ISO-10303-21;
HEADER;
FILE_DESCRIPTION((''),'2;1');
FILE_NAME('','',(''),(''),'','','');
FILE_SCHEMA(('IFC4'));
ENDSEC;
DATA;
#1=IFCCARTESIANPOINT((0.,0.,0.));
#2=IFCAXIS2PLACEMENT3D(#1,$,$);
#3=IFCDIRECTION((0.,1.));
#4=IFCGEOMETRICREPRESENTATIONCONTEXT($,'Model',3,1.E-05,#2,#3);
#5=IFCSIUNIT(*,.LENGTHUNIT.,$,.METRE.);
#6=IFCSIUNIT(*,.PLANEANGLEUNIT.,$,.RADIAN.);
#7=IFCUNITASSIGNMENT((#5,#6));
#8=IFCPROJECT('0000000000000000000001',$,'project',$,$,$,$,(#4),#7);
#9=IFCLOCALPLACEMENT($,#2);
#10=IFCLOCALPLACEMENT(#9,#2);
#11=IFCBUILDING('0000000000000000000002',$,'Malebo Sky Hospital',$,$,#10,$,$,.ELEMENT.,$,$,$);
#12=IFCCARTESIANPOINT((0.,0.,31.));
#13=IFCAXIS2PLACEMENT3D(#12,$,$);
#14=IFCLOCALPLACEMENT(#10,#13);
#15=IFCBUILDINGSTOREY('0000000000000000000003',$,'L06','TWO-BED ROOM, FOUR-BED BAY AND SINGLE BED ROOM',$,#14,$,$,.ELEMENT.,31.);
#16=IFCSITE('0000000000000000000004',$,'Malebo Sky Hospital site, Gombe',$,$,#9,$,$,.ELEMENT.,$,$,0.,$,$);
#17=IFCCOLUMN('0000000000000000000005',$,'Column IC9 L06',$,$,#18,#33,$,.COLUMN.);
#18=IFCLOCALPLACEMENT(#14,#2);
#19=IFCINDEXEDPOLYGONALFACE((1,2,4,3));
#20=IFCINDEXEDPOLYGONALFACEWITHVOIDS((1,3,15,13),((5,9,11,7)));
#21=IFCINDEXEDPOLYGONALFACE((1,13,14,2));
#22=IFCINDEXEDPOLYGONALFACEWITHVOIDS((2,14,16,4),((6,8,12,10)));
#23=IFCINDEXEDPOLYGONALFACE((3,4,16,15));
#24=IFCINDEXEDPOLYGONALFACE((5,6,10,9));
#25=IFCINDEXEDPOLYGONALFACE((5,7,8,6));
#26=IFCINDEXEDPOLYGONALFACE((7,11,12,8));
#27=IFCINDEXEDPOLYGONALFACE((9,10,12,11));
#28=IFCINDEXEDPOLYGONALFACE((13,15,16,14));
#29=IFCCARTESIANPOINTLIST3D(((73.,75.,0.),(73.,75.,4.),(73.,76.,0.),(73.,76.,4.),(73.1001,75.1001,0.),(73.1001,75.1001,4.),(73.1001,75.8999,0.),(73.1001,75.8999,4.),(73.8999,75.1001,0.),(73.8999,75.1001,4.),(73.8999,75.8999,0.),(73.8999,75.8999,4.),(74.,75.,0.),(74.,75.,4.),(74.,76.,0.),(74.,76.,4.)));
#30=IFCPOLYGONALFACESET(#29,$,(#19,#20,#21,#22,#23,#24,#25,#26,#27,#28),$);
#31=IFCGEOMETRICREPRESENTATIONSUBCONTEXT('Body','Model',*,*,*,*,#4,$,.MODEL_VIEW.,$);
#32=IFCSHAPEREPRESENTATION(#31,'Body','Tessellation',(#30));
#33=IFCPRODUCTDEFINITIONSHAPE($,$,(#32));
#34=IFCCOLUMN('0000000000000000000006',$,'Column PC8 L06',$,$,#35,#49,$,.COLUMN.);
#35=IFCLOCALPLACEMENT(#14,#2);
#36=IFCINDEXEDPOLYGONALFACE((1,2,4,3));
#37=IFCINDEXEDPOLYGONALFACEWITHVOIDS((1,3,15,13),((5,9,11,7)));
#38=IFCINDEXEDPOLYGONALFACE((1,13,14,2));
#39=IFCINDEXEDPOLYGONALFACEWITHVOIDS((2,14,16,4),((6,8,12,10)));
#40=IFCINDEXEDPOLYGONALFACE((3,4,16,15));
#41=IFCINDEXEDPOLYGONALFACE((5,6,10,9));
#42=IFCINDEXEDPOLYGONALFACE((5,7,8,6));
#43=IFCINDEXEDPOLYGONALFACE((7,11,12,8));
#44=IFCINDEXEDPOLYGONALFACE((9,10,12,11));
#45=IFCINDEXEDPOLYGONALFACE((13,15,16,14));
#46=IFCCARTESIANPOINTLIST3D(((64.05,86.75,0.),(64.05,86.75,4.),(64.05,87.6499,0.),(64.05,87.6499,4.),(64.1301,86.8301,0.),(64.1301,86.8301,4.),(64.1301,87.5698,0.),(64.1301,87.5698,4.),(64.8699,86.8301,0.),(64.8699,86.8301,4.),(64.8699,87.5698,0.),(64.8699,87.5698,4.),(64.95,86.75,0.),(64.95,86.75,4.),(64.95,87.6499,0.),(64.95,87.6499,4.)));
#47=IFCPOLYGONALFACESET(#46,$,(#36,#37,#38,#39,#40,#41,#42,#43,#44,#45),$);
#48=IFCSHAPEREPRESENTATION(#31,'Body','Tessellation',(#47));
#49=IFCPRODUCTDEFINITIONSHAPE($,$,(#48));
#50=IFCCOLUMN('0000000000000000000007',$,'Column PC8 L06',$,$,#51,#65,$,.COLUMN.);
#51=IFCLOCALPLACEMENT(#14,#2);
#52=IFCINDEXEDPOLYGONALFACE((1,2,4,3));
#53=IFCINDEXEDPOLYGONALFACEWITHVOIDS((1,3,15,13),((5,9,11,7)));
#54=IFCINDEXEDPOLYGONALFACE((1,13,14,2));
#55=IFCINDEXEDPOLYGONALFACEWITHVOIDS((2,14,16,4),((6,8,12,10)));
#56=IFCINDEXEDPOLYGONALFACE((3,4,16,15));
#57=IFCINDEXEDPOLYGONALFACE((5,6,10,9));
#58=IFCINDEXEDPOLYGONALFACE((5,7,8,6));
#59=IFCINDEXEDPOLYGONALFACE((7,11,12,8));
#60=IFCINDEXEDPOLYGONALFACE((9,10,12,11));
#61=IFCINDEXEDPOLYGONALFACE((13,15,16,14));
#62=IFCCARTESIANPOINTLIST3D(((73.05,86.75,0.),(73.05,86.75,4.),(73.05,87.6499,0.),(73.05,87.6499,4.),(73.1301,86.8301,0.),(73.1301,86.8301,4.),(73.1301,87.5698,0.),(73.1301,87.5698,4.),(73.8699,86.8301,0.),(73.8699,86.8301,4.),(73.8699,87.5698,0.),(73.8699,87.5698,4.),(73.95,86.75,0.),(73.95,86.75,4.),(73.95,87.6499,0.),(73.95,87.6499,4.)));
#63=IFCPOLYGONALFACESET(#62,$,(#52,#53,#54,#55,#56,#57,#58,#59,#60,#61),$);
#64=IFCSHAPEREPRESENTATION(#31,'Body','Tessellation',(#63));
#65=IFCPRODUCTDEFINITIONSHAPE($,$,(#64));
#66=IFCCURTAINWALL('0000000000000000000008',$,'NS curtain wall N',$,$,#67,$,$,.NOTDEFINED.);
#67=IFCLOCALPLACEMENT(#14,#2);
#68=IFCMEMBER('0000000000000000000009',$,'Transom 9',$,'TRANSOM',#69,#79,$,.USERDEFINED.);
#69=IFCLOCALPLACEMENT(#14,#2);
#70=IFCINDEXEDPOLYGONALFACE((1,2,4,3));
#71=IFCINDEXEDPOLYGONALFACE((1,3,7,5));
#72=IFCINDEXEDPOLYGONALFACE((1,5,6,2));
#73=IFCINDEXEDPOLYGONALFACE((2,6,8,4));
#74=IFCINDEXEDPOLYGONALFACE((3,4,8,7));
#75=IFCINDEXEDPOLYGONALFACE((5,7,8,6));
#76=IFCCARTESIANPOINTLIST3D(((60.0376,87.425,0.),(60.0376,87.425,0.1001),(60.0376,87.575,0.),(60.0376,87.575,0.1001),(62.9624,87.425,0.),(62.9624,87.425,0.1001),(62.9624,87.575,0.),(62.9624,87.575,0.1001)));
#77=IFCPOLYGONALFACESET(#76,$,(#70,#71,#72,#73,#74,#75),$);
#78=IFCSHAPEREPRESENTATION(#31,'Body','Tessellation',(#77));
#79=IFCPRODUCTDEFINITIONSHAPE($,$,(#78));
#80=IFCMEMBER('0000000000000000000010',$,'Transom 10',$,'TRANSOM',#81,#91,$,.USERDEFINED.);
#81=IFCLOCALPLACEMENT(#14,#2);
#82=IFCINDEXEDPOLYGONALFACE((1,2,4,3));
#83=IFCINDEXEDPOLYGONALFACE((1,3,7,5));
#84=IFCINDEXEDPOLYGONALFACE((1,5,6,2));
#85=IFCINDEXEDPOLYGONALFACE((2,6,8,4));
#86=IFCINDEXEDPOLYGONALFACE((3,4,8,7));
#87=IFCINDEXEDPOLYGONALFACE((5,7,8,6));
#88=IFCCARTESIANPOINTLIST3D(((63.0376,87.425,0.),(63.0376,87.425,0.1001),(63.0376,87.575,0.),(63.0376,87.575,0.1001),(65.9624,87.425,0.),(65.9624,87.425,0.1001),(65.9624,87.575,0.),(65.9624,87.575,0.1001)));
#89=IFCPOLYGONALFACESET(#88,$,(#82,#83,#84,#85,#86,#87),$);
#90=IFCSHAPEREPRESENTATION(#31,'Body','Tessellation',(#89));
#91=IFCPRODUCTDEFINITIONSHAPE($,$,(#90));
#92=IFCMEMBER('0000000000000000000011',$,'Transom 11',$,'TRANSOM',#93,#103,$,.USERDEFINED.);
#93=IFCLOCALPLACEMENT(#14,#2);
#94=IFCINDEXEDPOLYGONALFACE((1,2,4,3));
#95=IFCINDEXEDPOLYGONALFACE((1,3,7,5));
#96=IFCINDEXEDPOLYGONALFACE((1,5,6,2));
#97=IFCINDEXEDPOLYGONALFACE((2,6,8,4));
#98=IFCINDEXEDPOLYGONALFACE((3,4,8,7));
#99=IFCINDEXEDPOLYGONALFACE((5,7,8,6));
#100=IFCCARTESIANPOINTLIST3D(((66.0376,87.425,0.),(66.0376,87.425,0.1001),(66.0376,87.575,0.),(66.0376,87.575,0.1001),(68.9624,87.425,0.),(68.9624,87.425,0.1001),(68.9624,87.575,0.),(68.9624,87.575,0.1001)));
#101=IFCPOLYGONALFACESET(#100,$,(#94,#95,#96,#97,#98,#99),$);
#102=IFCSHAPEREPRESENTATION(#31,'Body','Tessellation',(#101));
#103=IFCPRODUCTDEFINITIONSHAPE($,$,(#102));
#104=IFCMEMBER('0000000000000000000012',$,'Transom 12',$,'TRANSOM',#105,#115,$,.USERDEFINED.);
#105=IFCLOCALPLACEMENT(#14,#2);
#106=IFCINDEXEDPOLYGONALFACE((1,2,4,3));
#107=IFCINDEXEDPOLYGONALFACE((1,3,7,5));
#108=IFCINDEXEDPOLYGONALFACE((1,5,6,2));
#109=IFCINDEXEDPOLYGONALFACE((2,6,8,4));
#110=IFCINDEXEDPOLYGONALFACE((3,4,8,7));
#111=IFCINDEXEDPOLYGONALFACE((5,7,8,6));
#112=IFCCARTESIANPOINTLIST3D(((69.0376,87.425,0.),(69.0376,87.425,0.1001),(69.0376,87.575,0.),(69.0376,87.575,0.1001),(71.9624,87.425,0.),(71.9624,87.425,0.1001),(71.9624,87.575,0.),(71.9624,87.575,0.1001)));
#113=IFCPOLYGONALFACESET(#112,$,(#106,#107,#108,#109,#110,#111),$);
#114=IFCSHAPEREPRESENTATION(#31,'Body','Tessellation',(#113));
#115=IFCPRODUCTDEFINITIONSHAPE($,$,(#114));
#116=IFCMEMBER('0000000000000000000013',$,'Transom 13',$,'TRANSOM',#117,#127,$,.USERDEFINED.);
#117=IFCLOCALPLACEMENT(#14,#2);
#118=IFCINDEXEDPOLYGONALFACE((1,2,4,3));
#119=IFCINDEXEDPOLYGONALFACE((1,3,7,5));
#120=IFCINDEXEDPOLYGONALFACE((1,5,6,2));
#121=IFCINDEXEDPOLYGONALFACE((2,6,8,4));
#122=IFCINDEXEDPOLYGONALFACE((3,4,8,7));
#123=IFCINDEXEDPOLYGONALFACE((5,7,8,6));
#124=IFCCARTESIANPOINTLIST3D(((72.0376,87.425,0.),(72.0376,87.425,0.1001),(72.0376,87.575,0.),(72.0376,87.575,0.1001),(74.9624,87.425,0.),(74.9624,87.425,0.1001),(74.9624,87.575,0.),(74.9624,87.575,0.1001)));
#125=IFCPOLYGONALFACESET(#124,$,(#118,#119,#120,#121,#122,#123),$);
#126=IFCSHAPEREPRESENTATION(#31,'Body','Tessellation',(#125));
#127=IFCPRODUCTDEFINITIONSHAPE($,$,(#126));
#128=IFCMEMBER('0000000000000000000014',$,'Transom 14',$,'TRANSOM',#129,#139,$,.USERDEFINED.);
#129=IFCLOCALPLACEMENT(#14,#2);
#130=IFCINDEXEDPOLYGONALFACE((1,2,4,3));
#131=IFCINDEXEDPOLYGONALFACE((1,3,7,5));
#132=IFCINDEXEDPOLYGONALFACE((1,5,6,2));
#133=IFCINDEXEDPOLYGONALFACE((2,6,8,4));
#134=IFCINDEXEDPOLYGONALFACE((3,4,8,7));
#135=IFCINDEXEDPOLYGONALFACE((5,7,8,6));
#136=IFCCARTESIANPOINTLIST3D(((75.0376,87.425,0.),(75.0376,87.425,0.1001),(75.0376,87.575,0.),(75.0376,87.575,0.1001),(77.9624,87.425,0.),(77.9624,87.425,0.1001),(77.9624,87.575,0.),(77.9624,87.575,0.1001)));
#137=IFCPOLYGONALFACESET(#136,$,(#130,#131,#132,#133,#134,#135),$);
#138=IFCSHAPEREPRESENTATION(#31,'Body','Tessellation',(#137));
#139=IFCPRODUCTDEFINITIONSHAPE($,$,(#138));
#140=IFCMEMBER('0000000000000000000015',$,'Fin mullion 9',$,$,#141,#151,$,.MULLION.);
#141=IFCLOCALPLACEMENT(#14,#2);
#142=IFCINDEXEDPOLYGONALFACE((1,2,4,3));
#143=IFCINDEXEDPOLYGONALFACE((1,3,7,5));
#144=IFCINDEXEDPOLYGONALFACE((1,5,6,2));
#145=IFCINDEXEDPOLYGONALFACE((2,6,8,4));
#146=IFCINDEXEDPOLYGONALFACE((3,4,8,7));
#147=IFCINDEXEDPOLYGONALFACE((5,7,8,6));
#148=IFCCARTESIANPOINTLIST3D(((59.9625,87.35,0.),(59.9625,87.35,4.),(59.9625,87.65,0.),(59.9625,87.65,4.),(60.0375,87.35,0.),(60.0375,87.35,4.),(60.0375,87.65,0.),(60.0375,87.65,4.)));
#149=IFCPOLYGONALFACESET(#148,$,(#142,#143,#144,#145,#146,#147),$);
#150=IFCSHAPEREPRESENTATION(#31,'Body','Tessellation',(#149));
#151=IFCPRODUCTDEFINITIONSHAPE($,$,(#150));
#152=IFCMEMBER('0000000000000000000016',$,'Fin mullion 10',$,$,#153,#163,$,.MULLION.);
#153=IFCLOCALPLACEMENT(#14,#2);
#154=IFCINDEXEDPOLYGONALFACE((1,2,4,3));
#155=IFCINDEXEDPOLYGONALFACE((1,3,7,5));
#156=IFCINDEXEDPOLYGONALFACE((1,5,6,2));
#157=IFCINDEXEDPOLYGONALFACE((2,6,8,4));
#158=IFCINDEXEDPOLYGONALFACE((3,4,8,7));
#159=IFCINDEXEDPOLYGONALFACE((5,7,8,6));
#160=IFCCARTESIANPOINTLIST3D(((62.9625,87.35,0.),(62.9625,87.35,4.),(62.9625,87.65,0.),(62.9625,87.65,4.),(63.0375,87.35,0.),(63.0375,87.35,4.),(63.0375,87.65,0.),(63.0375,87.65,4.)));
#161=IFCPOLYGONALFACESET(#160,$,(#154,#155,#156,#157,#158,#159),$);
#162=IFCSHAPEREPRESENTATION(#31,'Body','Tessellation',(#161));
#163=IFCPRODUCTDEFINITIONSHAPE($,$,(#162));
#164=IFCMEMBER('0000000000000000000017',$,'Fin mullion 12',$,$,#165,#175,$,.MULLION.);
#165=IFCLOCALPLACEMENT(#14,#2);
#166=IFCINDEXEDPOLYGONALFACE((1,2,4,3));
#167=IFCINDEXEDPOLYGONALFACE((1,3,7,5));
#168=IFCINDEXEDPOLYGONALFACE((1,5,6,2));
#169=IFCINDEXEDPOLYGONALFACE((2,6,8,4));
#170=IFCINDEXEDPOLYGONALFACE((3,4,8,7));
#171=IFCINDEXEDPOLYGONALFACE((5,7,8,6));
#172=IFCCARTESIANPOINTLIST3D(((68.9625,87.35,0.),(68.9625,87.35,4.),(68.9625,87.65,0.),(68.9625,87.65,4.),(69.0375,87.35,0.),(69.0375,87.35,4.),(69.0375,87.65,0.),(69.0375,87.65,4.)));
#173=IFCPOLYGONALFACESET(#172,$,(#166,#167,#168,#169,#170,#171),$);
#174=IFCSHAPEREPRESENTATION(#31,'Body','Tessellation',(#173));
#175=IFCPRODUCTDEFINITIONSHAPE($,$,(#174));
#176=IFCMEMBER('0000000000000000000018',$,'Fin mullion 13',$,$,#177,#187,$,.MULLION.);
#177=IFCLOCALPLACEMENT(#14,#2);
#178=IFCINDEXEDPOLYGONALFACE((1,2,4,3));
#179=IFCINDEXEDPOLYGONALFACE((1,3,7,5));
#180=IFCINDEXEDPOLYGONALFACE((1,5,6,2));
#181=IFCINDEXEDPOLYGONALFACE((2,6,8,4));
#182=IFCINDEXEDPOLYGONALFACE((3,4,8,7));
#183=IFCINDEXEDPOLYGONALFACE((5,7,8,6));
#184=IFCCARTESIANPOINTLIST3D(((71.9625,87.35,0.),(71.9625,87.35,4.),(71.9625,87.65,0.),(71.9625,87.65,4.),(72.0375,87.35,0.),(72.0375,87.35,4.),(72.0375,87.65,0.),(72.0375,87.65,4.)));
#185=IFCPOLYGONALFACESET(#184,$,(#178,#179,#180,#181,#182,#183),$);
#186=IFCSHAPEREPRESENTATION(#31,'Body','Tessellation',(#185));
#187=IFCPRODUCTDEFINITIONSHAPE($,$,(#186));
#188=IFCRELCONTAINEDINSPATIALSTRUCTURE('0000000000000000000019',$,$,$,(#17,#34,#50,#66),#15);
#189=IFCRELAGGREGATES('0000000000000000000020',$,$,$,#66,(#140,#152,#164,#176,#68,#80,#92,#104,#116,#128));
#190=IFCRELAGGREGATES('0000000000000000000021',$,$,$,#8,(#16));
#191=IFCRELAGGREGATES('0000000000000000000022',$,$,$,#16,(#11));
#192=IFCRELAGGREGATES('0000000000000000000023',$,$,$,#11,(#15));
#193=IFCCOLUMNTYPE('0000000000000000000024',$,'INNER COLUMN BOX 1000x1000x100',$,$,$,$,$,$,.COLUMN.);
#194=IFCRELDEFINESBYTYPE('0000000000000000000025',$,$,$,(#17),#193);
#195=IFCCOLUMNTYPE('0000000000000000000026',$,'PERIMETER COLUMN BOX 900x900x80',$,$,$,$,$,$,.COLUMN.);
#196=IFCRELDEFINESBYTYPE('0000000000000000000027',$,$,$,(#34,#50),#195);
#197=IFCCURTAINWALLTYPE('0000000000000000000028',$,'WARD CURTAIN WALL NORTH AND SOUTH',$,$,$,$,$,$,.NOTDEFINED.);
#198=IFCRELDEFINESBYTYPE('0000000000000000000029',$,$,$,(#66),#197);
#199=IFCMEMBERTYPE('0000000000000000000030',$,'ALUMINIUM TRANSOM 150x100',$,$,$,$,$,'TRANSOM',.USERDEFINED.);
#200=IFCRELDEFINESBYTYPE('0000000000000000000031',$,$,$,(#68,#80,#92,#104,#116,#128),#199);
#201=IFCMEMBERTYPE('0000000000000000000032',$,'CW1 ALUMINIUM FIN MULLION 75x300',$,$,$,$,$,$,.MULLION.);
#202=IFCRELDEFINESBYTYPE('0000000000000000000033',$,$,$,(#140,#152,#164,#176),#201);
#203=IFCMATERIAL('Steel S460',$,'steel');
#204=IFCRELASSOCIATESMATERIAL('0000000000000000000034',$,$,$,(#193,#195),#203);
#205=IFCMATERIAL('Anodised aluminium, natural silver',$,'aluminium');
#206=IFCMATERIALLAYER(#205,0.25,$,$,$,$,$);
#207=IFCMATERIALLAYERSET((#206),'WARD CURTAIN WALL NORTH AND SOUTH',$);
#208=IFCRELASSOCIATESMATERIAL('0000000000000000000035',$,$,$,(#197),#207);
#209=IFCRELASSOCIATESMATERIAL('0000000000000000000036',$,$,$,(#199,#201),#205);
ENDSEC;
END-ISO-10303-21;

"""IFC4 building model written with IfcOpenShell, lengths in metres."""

from ifc_helpers import new_model, si_unit, direction, frame, origin, origin_2d, place, context, subcontext, project, spatial, rectangle, hollow_rectangle, extrude, material, layer, layer_set, material_profile, profile_set, type_object, element, aggregate, save


model = new_model("IFC4")

# Units and contexts
model_context = context("Model", 3, precision=1e-05, world=origin(), true_north=direction((0.0, 1.0)))
body_context = subcontext(model_context, "Body", "Model", "MODEL_VIEW")
ifc_project = project(units=[si_unit("LENGTHUNIT", "METRE"), si_unit("PLANEANGLEUNIT", "RADIAN")], contexts=[model_context])

# Site, building, storey
site_placement = place(None, origin())
site = spatial("IfcSite", under=ifc_project, at=site_placement, Name="Malebo Sky Hospital site, Gombe", CompositionType="ELEMENT", RefElevation=0.0)
building_placement = place(site_placement, origin())
building = spatial("IfcBuilding", under=site, at=building_placement, Name="Malebo Sky Hospital", CompositionType="ELEMENT")
storey_placement = place(building_placement, frame((0.0, 0.0, 31.0)))
storey = spatial("IfcBuildingStorey", under=building, at=storey_placement, Name="L06", Description="TWO-BED ROOM, FOUR-BED BAY AND SINGLE BED ROOM", CompositionType="ELEMENT", Elevation=31.0)

# Columns
ifc_material_1 = material(Name="Steel S460", Category="steel")
ifc_material_profile_1 = material_profile(ifc_material_1, hollow_rectangle(XDim=1.0, YDim=1.0, WallThickness=0.1001, at=origin_2d()), Name="BOX 1000x1000x100")
ifc_profile_set_1 = profile_set([ifc_material_profile_1], Name="Steel S460")
column_type_1 = type_object("IfcColumnType", Name="INNER COLUMN BOX 1000x1000x100", PredefinedType="COLUMN", material=ifc_profile_set_1)
column_placement = place(storey_placement, frame((73.5, 75.5, 0.0), z_axis=(0.0, 0.0, 1.0), x_axis=(1.0, 0.0, 0.0)))
element("IfcColumn", 1, at=column_placement, inside=storey, type_object=column_type_1, Name="Column IC9 L06", PredefinedType="COLUMN", context=body_context, shape_type="SweptSolid", body=[
    extrude(hollow_rectangle(XDim=1.0, YDim=1.0, WallThickness=0.1001, at=origin_2d()), origin(), (0.0, 0.0, 1.0), 4.0),
])
ifc_material_profile_2 = material_profile(ifc_material_1, hollow_rectangle(XDim=0.8999, YDim=0.8999, WallThickness=0.0801, at=origin_2d()), Name="BOX 900x900x80")
ifc_profile_set_2 = profile_set([ifc_material_profile_2], Name="Steel S460")
column_type_2 = type_object("IfcColumnType", Name="PERIMETER COLUMN BOX 900x900x80", PredefinedType="COLUMN", material=ifc_profile_set_2)
for number, where, z_axis, x_axis, name in (
    (2, (64.5, 87.2, 0.0), (0.0, 0.0, 1.0), (1.0, 0.0, 0.0), "Column PC8 L06"),
    (3, (73.5, 87.2, 0.0), (0.0, 0.0, 1.0), (1.0, 0.0, 0.0), "Column PC8 L06"),
):
    element("IfcColumn", number, at=place(storey_placement, frame(where, z_axis=z_axis, x_axis=x_axis)), inside=storey, type_object=column_type_2, Name=name, PredefinedType="COLUMN", context=body_context, shape_type="SweptSolid", body=[
        extrude(hollow_rectangle(XDim=0.8999, YDim=0.8999, WallThickness=0.0801, at=origin_2d()), origin(), (0.0, 0.0, 1.0), 4.0),
    ])

# Curtain wall, members
ifc_material_2 = material(Name="Anodised aluminium, natural silver", Category="aluminium")
ifc_layer_1 = layer(ifc_material_2, 0.25)
ifc_layer_set_1 = layer_set([ifc_layer_1], Name="WARD CURTAIN WALL NORTH AND SOUTH")
curtain_wall_type = type_object("IfcCurtainWallType", Name="WARD CURTAIN WALL NORTH AND SOUTH", PredefinedType="NOTDEFINED", material=ifc_layer_set_1)
curtain_wall_placement = place(storey_placement, origin())
curtain_wall = element("IfcCurtainWall", 4, at=curtain_wall_placement, inside=storey, type_object=curtain_wall_type, Name="NS curtain wall N", PredefinedType="NOTDEFINED")
ifc_material_profile_3 = material_profile(ifc_material_2, rectangle(XDim=0.1499, YDim=0.1001, at=origin_2d()), Name="ALUMINIUM TRANSOM 150x100")
ifc_profile_set_3 = profile_set([ifc_material_profile_3], Name="Anodised aluminium, natural silver")
member_type_1 = type_object("IfcMemberType", Name="ALUMINIUM TRANSOM 150x100", ElementType="TRANSOM", PredefinedType="USERDEFINED", material=ifc_profile_set_3)
member_1_placement = place(storey_placement, frame((60.0376, 87.5, 0.05), z_axis=(1.0, 0.0, 0.0), x_axis=(0.0, 1.0, 0.0)))
member_1 = element("IfcMember", 5, at=member_1_placement, type_object=member_type_1, Name="Transom 9", ObjectType="TRANSOM", PredefinedType="USERDEFINED", context=body_context, shape_type="SweptSolid", body=[
    extrude(rectangle(XDim=0.1499, YDim=0.1001, at=origin_2d()), origin(), (0.0, 0.0, 1.0), 2.9248),
])
member_2_placement = place(storey_placement, frame((63.0376, 87.5, 0.05), z_axis=(1.0, 0.0, 0.0), x_axis=(0.0, 1.0, 0.0)))
member_2 = element("IfcMember", 6, at=member_2_placement, type_object=member_type_1, Name="Transom 10", ObjectType="TRANSOM", PredefinedType="USERDEFINED", context=body_context, shape_type="SweptSolid", body=[
    extrude(rectangle(XDim=0.1499, YDim=0.1001, at=origin_2d()), origin(), (0.0, 0.0, 1.0), 2.9248),
])
member_3_placement = place(storey_placement, frame((66.0376, 87.5, 0.05), z_axis=(1.0, 0.0, 0.0), x_axis=(0.0, 1.0, 0.0)))
member_3 = element("IfcMember", 7, at=member_3_placement, type_object=member_type_1, Name="Transom 11", ObjectType="TRANSOM", PredefinedType="USERDEFINED", context=body_context, shape_type="SweptSolid", body=[
    extrude(rectangle(XDim=0.1499, YDim=0.1001, at=origin_2d()), origin(), (0.0, 0.0, 1.0), 2.9248),
])
member_4_placement = place(storey_placement, frame((69.0376, 87.5, 0.05), z_axis=(1.0, 0.0, 0.0), x_axis=(0.0, 1.0, 0.0)))
member_4 = element("IfcMember", 8, at=member_4_placement, type_object=member_type_1, Name="Transom 12", ObjectType="TRANSOM", PredefinedType="USERDEFINED", context=body_context, shape_type="SweptSolid", body=[
    extrude(rectangle(XDim=0.1499, YDim=0.1001, at=origin_2d()), origin(), (0.0, 0.0, 1.0), 2.9248),
])
member_5_placement = place(storey_placement, frame((72.0376, 87.5, 0.05), z_axis=(1.0, 0.0, 0.0), x_axis=(0.0, 1.0, 0.0)))
member_5 = element("IfcMember", 9, at=member_5_placement, type_object=member_type_1, Name="Transom 13", ObjectType="TRANSOM", PredefinedType="USERDEFINED", context=body_context, shape_type="SweptSolid", body=[
    extrude(rectangle(XDim=0.1499, YDim=0.1001, at=origin_2d()), origin(), (0.0, 0.0, 1.0), 2.9248),
])
member_6_placement = place(storey_placement, frame((75.0376, 87.5, 0.05), z_axis=(1.0, 0.0, 0.0), x_axis=(0.0, 1.0, 0.0)))
member_6 = element("IfcMember", 10, at=member_6_placement, type_object=member_type_1, Name="Transom 14", ObjectType="TRANSOM", PredefinedType="USERDEFINED", context=body_context, shape_type="SweptSolid", body=[
    extrude(rectangle(XDim=0.1499, YDim=0.1001, at=origin_2d()), origin(), (0.0, 0.0, 1.0), 2.9248),
])
ifc_material_profile_4 = material_profile(ifc_material_2, rectangle(XDim=0.075, YDim=0.3, at=origin_2d()), Name="CW1 ALUMINIUM FIN MULLION 75x300")
ifc_profile_set_4 = profile_set([ifc_material_profile_4], Name="Anodised aluminium, natural silver")
member_type_2 = type_object("IfcMemberType", Name="CW1 ALUMINIUM FIN MULLION 75x300", PredefinedType="MULLION", material=ifc_profile_set_4)
member_7_placement = place(storey_placement, frame((60.0, 87.5, 0.0), z_axis=(0.0, 0.0, 1.0), x_axis=(1.0, 0.0, 0.0)))
member_7 = element("IfcMember", 11, at=member_7_placement, type_object=member_type_2, Name="Fin mullion 9", PredefinedType="MULLION", context=body_context, shape_type="SweptSolid", body=[
    extrude(rectangle(XDim=0.075, YDim=0.3, at=origin_2d()), origin(), (0.0, 0.0, 1.0), 4.0),
])
member_8_placement = place(storey_placement, frame((63.0, 87.5, 0.0), z_axis=(0.0, 0.0, 1.0), x_axis=(1.0, 0.0, 0.0)))
member_8 = element("IfcMember", 12, at=member_8_placement, type_object=member_type_2, Name="Fin mullion 10", PredefinedType="MULLION", context=body_context, shape_type="SweptSolid", body=[
    extrude(rectangle(XDim=0.075, YDim=0.3, at=origin_2d()), origin(), (0.0, 0.0, 1.0), 4.0),
])
member_9_placement = place(storey_placement, frame((69.0, 87.5, 0.0), z_axis=(0.0, 0.0, 1.0), x_axis=(1.0, 0.0, 0.0)))
member_9 = element("IfcMember", 13, at=member_9_placement, type_object=member_type_2, Name="Fin mullion 12", PredefinedType="MULLION", context=body_context, shape_type="SweptSolid", body=[
    extrude(rectangle(XDim=0.075, YDim=0.3, at=origin_2d()), origin(), (0.0, 0.0, 1.0), 4.0),
])
member_10_placement = place(storey_placement, frame((72.0, 87.5, 0.0), z_axis=(0.0, 0.0, 1.0), x_axis=(1.0, 0.0, 0.0)))
member_10 = element("IfcMember", 14, at=member_10_placement, type_object=member_type_2, Name="Fin mullion 13", PredefinedType="MULLION", context=body_context, shape_type="SweptSolid", body=[
    extrude(rectangle(XDim=0.075, YDim=0.3, at=origin_2d()), origin(), (0.0, 0.0, 1.0), 4.0),
])

aggregate(curtain_wall, [member_7, member_8, member_9, member_10, member_1, member_2, member_3, member_4, member_5, member_6])

save(model, "model.ifc")
